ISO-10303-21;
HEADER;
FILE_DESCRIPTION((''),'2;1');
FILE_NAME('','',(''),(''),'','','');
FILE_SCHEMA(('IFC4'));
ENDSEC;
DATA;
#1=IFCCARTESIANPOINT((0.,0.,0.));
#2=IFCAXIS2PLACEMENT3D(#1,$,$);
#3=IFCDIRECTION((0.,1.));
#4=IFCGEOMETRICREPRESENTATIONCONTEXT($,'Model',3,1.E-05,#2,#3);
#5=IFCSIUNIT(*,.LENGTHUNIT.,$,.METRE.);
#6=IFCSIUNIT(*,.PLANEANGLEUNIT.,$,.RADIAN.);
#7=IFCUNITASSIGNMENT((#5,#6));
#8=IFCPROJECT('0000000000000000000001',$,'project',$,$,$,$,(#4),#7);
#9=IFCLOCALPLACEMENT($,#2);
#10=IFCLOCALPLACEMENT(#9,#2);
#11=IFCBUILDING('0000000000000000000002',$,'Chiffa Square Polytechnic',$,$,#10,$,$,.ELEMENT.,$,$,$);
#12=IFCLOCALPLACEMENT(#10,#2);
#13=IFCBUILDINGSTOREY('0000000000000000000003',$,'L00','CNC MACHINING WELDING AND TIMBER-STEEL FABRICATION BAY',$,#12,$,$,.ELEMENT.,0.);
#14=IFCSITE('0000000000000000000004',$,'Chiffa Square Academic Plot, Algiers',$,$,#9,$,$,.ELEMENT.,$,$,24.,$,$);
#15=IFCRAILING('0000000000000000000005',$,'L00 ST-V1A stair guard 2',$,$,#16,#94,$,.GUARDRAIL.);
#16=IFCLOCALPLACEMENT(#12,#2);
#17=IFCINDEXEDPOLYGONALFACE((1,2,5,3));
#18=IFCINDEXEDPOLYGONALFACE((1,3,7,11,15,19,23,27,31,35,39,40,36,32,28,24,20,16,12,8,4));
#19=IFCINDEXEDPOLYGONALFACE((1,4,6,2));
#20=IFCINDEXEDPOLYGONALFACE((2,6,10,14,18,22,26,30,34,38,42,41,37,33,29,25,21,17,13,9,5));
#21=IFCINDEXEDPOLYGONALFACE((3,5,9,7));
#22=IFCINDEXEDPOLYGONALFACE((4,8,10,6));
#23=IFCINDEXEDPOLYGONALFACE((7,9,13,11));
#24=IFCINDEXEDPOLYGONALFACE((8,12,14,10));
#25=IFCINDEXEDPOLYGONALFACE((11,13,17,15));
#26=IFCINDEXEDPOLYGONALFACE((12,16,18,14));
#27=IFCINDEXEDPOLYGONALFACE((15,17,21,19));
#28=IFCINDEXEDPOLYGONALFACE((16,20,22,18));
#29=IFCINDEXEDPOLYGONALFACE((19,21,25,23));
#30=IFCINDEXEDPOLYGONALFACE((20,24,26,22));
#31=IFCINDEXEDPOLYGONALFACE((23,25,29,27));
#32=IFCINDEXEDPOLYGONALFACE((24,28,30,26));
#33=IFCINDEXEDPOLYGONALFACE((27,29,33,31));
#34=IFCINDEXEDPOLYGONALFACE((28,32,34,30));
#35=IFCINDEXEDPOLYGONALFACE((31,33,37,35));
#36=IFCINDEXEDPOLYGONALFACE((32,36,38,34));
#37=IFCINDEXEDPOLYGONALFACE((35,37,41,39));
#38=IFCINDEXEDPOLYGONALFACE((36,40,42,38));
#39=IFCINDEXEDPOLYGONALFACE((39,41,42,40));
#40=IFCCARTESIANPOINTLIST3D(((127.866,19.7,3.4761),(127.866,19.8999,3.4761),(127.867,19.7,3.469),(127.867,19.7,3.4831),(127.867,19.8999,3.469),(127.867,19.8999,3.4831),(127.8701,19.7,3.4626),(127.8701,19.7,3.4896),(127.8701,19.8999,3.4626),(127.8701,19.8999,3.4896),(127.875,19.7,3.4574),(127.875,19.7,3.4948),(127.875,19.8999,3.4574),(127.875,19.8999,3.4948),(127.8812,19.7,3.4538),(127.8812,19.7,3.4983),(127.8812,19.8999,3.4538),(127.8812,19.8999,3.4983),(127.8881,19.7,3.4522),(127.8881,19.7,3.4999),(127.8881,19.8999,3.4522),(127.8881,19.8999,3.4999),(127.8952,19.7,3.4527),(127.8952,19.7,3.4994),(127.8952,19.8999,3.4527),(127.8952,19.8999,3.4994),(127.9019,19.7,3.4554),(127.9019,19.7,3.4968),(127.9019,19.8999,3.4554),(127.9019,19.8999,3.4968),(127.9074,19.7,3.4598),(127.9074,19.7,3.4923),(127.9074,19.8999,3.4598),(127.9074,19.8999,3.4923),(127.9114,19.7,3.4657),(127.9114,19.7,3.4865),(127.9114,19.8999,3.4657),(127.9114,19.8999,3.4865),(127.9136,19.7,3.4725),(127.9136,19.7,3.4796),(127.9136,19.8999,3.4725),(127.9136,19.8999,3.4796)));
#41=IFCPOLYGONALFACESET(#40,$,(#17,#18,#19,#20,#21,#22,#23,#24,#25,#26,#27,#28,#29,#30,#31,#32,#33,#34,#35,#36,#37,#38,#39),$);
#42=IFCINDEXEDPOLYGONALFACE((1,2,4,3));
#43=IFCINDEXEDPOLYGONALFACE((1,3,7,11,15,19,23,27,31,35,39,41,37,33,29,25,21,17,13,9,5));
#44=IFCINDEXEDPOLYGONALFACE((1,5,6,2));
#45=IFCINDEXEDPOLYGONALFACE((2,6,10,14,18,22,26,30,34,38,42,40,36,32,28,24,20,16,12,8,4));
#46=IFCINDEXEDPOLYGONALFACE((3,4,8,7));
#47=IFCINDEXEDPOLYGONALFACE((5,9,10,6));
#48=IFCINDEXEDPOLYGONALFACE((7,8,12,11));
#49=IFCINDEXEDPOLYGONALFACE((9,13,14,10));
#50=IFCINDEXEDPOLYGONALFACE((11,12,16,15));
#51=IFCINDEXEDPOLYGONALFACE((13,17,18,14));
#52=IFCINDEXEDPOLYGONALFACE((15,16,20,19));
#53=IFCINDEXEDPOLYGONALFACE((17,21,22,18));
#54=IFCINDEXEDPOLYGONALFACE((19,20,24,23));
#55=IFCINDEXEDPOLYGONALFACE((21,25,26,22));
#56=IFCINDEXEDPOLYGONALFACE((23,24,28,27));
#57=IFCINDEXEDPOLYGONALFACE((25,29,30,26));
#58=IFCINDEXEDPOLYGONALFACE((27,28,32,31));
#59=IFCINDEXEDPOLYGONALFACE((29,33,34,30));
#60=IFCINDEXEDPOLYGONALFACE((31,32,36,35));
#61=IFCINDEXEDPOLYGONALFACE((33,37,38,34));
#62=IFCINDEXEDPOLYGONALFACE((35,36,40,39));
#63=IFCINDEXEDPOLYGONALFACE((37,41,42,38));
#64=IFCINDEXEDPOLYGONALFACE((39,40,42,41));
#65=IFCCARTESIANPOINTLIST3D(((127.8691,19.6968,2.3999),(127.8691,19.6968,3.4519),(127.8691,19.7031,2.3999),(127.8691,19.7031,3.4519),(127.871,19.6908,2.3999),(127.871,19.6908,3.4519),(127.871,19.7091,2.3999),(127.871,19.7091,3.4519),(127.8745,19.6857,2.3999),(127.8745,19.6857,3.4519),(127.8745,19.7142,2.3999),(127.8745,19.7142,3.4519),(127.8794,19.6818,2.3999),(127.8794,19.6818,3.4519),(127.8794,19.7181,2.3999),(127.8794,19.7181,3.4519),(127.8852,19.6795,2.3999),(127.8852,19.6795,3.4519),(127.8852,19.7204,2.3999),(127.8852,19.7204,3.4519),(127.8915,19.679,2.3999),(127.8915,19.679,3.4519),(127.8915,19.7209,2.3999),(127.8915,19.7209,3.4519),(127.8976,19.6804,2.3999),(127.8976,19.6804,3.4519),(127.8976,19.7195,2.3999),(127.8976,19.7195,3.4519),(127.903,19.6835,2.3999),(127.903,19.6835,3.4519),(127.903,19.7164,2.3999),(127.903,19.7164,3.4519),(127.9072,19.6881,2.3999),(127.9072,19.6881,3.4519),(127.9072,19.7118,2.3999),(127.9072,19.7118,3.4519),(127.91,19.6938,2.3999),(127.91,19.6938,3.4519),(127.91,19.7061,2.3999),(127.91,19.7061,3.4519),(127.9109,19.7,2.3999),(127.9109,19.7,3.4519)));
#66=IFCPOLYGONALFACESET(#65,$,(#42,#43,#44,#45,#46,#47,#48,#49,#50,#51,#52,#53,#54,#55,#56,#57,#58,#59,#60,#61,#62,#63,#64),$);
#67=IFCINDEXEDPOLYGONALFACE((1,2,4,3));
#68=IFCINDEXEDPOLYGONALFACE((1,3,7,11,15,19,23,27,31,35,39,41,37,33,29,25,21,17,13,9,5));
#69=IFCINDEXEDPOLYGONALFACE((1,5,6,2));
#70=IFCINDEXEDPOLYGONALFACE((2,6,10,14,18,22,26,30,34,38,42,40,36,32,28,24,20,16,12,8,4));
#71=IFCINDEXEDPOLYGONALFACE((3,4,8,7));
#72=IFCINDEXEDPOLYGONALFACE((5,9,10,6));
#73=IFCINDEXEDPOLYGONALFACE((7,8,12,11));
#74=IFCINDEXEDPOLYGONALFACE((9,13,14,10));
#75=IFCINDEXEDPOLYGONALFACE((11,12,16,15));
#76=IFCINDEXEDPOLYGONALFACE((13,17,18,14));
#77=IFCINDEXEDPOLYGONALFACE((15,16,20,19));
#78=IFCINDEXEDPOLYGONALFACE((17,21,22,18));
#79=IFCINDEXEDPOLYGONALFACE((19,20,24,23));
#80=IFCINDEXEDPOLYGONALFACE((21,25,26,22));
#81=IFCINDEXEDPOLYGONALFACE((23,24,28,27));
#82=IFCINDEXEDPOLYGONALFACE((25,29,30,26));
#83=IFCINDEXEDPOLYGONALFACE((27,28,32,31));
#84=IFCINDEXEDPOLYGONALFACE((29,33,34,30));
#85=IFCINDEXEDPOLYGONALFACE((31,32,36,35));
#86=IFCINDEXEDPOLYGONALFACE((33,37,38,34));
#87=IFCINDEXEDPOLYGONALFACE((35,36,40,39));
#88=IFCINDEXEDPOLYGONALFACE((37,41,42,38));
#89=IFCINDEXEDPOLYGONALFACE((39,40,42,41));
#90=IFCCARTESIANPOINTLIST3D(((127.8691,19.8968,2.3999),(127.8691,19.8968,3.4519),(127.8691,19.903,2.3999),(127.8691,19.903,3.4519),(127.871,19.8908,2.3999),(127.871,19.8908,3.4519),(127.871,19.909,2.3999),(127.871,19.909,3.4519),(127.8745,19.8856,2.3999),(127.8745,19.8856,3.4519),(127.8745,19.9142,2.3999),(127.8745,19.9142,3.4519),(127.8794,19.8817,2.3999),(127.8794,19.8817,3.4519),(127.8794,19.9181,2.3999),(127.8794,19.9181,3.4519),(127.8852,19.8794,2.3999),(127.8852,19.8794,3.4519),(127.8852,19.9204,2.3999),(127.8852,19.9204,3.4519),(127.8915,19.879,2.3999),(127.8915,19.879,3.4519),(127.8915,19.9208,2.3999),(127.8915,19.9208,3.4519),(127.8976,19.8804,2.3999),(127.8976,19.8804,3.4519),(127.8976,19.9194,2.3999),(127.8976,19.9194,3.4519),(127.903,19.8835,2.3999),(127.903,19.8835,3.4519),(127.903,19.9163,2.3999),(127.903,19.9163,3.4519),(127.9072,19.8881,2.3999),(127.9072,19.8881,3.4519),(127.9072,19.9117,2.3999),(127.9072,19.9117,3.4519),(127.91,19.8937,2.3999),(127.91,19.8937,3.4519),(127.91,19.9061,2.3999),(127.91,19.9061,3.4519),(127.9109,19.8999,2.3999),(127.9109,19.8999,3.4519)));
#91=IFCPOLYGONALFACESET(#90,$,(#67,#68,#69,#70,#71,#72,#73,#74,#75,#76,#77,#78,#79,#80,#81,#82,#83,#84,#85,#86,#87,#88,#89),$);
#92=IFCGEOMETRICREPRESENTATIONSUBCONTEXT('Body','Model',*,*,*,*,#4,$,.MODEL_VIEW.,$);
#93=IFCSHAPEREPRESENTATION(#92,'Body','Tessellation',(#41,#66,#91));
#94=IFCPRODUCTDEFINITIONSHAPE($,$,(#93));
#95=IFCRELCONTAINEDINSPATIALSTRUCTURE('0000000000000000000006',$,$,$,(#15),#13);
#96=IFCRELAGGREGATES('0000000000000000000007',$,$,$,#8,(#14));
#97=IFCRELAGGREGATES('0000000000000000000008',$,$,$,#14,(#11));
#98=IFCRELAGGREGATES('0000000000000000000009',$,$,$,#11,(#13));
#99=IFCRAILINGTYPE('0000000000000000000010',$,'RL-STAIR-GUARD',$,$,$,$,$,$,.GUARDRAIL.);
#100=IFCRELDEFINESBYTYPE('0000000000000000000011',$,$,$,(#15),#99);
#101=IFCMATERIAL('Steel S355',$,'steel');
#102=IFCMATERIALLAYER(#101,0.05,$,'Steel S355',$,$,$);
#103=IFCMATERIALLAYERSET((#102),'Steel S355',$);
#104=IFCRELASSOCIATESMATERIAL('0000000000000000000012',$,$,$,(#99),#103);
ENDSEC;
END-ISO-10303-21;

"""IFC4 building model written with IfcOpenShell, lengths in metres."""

from ifc_helpers import new_model, si_unit, direction, frame, origin, origin_2d, place, context, subcontext, project, spatial, circle, extrude, material, layer, layer_set, type_object, element, save


model = new_model("IFC4")

# Units and contexts
model_context = context("Model", 3, precision=1e-05, world=origin(), true_north=direction((0.0, 1.0)))
body_context = subcontext(model_context, "Body", "Model", "MODEL_VIEW")
ifc_project = project(units=[si_unit("LENGTHUNIT", "METRE"), si_unit("PLANEANGLEUNIT", "RADIAN")], contexts=[model_context])

# Site, building, storey
site_placement = place(None, origin())
site = spatial("IfcSite", under=ifc_project, at=site_placement, Name="Chiffa Square Academic Plot, Algiers", CompositionType="ELEMENT", RefElevation=24.0)
building_placement = place(site_placement, origin())
building = spatial("IfcBuilding", under=site, at=building_placement, Name="Chiffa Square Polytechnic", CompositionType="ELEMENT")
storey_placement = place(building_placement, origin())
storey = spatial("IfcBuildingStorey", under=building, at=storey_placement, Name="L00", Description="CNC MACHINING WELDING AND TIMBER-STEEL FABRICATION BAY", CompositionType="ELEMENT", Elevation=0.0)

# Railing
ifc_material_1 = material(Name="Steel S355", Category="steel")
ifc_layer_1 = layer(ifc_material_1, 0.05, Name="Steel S355")
ifc_layer_set_1 = layer_set([ifc_layer_1], Name="Steel S355")
railing_type_1 = type_object("IfcRailingType", Name="RL-STAIR-GUARD", PredefinedType="GUARDRAIL", material=ifc_layer_set_1)
railing_1_placement = place(storey_placement, frame((127.8899, 19.7, 2.3999)))
element("IfcRailing", 1, at=railing_1_placement, inside=storey, type_object=railing_type_1, Name="L00 ST-V1A stair guard 2", PredefinedType="GUARDRAIL", context=body_context, shape_type="SweptSolid", body=[
    extrude(circle(Radius=0.0239, at=origin_2d()), frame((0.0, 0.0, 1.0762), z_axis=(0.0, 1.0, 0.0), x_axis=(-1.0, 0.0, 0.0)), (0.0, 0.0, 1.0), 0.2),
    extrude(circle(Radius=0.021, at=origin_2d()), origin(), (0.0, 0.0, 1.0), 1.052),
    extrude(circle(Radius=0.021, at=origin_2d()), frame((0.0, 0.2, 0.0)), (0.0, 0.0, 1.0), 1.052),
])

save(model, "model.ifc")
